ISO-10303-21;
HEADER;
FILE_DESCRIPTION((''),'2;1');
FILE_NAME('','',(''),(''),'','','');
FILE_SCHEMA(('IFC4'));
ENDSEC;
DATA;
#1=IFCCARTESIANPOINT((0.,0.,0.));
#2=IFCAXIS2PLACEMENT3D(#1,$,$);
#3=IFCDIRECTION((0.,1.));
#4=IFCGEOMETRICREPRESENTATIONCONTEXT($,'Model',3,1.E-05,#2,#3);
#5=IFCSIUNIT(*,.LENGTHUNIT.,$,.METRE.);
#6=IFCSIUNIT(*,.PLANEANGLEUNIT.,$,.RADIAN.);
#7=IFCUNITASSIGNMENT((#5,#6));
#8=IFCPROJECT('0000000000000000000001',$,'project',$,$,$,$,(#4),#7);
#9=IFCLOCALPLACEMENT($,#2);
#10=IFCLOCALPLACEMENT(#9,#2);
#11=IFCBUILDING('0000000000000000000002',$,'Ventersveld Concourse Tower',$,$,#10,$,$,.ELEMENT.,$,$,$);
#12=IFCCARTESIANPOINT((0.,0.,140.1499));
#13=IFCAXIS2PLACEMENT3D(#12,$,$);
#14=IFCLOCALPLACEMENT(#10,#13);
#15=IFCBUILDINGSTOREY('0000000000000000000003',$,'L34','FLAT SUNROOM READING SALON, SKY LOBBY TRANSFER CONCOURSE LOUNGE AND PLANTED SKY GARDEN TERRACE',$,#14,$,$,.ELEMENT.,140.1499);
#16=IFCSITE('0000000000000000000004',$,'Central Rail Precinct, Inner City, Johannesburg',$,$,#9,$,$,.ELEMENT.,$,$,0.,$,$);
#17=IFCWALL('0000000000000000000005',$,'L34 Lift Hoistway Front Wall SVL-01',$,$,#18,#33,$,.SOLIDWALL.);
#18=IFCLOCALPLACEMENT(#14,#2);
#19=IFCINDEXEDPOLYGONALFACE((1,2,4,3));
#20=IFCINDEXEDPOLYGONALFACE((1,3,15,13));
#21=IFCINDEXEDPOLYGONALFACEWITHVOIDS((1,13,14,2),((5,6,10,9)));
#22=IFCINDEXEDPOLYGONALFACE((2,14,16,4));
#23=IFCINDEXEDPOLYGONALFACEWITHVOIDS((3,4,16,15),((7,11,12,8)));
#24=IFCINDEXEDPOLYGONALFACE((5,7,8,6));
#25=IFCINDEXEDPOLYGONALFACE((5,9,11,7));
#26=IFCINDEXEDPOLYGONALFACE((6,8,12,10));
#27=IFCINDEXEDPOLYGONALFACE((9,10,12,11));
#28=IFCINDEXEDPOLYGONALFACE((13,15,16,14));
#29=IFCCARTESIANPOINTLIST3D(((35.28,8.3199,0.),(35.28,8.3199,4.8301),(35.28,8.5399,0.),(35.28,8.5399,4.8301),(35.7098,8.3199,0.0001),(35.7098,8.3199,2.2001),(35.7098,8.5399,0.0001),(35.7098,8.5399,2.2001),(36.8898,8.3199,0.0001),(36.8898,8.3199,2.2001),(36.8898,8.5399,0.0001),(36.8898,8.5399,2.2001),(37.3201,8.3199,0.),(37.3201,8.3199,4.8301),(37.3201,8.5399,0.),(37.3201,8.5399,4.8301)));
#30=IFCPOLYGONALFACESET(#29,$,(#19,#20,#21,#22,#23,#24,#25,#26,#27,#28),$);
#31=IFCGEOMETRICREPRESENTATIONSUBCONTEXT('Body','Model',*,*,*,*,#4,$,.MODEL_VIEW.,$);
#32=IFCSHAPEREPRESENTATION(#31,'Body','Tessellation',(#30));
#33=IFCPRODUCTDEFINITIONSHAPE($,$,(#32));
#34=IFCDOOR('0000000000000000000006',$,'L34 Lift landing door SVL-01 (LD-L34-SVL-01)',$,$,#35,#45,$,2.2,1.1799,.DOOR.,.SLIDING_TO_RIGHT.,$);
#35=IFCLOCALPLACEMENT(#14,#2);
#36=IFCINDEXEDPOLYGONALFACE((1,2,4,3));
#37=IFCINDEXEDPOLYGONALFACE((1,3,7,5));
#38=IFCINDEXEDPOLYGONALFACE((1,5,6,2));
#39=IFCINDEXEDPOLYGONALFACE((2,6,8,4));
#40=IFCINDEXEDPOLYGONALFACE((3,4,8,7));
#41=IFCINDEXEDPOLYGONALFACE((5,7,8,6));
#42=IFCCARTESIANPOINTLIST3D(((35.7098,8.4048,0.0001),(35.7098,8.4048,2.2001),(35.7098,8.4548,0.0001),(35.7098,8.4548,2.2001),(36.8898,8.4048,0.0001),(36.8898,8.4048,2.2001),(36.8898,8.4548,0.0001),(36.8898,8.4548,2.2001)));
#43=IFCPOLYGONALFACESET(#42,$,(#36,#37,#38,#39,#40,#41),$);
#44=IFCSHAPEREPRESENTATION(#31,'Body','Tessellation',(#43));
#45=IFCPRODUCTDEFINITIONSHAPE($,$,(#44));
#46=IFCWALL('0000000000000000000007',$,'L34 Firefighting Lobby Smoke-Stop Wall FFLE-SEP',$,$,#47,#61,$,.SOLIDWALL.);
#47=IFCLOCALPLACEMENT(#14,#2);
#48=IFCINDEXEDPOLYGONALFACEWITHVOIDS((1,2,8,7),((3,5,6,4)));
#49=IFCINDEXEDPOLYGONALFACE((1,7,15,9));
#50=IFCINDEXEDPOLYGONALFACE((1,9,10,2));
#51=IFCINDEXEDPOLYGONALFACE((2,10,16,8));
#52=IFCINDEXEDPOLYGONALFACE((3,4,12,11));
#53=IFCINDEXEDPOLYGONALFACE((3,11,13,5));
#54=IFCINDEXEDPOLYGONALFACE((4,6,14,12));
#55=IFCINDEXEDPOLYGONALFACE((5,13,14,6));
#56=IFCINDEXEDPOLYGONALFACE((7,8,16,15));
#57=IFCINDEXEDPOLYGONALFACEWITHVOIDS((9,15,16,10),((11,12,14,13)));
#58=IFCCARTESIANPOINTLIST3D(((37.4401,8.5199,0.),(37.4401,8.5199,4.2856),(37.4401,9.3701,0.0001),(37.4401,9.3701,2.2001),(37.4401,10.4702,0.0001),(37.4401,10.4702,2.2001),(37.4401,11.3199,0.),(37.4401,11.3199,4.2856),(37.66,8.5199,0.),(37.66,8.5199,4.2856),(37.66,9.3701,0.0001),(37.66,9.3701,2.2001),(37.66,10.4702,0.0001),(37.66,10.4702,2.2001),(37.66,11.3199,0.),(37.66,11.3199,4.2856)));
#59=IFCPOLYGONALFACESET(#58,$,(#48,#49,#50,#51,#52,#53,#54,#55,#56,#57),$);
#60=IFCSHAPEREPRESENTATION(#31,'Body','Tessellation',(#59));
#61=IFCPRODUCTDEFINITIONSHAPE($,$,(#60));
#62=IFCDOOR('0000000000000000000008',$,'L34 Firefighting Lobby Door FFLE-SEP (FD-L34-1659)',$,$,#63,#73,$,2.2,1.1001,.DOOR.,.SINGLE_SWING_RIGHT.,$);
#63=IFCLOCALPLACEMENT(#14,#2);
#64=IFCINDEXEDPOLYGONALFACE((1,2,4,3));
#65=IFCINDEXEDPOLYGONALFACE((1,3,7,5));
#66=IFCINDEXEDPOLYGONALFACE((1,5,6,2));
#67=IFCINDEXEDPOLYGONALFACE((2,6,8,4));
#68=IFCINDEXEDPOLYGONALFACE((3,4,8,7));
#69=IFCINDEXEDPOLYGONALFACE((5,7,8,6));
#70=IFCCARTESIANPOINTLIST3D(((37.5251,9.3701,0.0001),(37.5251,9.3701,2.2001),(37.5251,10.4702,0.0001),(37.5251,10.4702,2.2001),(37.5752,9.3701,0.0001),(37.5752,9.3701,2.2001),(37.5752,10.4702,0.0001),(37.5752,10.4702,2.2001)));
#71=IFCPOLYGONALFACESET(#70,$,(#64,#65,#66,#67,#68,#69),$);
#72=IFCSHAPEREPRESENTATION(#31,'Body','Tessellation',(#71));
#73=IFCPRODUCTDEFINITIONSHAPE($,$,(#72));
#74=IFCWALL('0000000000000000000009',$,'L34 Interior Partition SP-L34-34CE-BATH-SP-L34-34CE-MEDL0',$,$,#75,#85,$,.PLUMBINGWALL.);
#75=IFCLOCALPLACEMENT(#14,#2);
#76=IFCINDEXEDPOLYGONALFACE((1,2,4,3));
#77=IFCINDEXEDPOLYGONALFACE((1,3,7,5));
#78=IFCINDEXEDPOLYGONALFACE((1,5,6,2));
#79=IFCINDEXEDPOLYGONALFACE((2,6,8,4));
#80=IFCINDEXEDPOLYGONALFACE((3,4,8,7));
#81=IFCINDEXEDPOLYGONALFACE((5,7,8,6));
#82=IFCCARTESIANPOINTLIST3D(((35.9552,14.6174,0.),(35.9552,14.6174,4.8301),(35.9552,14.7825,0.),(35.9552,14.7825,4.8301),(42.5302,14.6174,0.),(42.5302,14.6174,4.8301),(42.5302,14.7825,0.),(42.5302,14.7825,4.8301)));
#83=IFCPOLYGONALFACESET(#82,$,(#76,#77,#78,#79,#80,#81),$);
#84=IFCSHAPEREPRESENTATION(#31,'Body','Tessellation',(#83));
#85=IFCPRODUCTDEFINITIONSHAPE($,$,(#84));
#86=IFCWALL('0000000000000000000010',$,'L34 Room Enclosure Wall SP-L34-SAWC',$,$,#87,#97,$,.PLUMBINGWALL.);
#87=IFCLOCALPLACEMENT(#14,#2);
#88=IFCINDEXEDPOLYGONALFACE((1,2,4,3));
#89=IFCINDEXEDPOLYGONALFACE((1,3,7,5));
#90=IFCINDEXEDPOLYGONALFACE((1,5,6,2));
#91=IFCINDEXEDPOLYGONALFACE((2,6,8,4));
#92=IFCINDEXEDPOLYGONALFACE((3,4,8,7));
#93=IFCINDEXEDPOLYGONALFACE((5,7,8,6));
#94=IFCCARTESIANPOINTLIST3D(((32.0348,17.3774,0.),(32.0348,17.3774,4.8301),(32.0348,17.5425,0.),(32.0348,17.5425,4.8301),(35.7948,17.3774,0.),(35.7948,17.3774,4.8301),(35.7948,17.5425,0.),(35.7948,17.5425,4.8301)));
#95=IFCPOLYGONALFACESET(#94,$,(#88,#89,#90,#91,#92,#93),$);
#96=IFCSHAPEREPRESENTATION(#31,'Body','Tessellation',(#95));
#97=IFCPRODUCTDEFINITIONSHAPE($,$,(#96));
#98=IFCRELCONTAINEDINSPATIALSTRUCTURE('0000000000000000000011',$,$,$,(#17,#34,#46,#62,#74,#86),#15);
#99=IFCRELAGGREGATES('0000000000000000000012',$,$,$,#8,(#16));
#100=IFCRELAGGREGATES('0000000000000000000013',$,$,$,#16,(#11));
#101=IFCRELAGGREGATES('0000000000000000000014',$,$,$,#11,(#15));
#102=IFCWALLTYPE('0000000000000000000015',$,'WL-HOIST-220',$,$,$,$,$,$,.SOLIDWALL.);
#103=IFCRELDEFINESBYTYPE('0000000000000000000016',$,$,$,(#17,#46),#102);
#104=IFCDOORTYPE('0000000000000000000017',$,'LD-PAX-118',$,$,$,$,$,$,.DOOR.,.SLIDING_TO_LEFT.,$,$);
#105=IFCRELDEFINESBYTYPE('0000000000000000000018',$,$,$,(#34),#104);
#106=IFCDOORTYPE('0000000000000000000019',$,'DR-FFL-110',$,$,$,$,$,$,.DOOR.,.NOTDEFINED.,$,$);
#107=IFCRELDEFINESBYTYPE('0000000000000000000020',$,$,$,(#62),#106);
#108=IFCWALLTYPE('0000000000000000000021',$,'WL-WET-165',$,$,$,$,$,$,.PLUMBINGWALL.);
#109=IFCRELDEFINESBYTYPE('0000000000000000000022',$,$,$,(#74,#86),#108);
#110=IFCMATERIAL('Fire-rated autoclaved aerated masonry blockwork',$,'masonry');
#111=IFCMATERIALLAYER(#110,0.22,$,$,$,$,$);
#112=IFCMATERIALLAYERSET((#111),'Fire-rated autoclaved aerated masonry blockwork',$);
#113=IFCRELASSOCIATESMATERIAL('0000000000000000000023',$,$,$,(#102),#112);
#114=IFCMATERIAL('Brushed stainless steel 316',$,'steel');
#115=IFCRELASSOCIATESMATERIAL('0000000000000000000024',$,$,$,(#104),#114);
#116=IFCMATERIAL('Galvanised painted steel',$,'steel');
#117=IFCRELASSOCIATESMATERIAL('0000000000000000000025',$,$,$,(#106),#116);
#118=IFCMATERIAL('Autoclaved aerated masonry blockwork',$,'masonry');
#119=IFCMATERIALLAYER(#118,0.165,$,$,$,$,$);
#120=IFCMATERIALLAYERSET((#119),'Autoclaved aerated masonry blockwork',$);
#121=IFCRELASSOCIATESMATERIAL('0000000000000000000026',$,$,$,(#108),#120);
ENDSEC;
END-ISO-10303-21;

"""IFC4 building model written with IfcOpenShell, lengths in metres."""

from ifc_helpers import new_model, si_unit, direction, frame, frame_2d, origin, place, context, subcontext, project, spatial, rectangle, extrude, material, layer, layer_set, type_object, element, fill, save


model = new_model("IFC4")

# Units and contexts
model_context = context("Model", 3, precision=1e-05, world=origin(), true_north=direction((0.0, 1.0)))
body_context = subcontext(model_context, "Body", "Model", "MODEL_VIEW")
ifc_project = project(units=[si_unit("LENGTHUNIT", "METRE"), si_unit("PLANEANGLEUNIT", "RADIAN")], contexts=[model_context])

# Site, building, storey
site_placement = place(None, origin())
site = spatial("IfcSite", under=ifc_project, at=site_placement, Name="Central Rail Precinct, Inner City, Johannesburg", CompositionType="ELEMENT", RefElevation=0.0)
building_placement = place(site_placement, origin())
building = spatial("IfcBuilding", under=site, at=building_placement, Name="Ventersveld Concourse Tower", CompositionType="ELEMENT")
storey_placement = place(building_placement, frame((0.0, 0.0, 140.1499)))
storey = spatial("IfcBuildingStorey", under=building, at=storey_placement, Name="L34", Description="FLAT SUNROOM READING SALON, SKY LOBBY TRANSFER CONCOURSE LOUNGE AND PLANTED SKY GARDEN TERRACE", CompositionType="ELEMENT", Elevation=140.1499)

# Shared definitions
ifc_material_1 = material(Name="Fire-rated autoclaved aerated masonry blockwork", Category="masonry")
ifc_material_2 = material(Name="Galvanised painted steel", Category="steel")

# Shared definitions
ifc_layer_1 = layer(ifc_material_1, 0.22)
ifc_layer_set_1 = layer_set([ifc_layer_1], Name="Fire-rated autoclaved aerated masonry blockwork")
wall_type_1 = type_object("IfcWallType", Name="WL-HOIST-220", PredefinedType="SOLIDWALL", material=ifc_layer_set_1)

# Shared definitions
ifc_material_3 = material(Name="Brushed stainless steel 316", Category="steel")

# Walls, openings, doors
wall_1_placement = place(storey_placement, frame((35.28, 8.4299, 0.0), z_axis=(0.0, 0.0, 1.0), x_axis=(1.0, 0.0, 0.0)))
wall_1 = element("IfcWall", 1, at=wall_1_placement, inside=storey, type_object=wall_type_1, Name="L34 Lift Hoistway Front Wall SVL-01", PredefinedType="SOLIDWALL", context=body_context, shape_type="SweptSolid", body=[
    extrude(rectangle(XDim=2.04, YDim=0.22, at=frame_2d((1.02, 0.0))), origin(), (0.0, 0.0, 1.0), 4.8301),
])
opening_1_placement = place(wall_1_placement, frame((0.4299, 0.0, 0.0)))
opening_1 = element("IfcOpeningElement", 2, at=opening_1_placement, cuts=wall_1, PredefinedType="OPENING", context=body_context, shape_type="SweptSolid", body=[
    extrude(rectangle(XDim=1.1799, YDim=2.2, at=frame_2d((0.5898, 1.1001))), frame((0.0, 0.1201, 0.0), z_axis=(0.0, -1.0, 0.0), x_axis=(1.0, 0.0, 0.0)), (0.0, 0.0, 1.0), 0.24),
])
door_type_1 = type_object("IfcDoorType", Name="LD-PAX-118", OperationType="SLIDING_TO_LEFT", PredefinedType="DOOR", material=ifc_material_3)
door_1_placement = place(opening_1_placement, origin())
door_1 = element("IfcDoor", 3, at=door_1_placement, inside=storey, type_object=door_type_1, Name="L34 Lift landing door SVL-01 (LD-L34-SVL-01)", OperationType="SLIDING_TO_RIGHT", OverallHeight=2.2, OverallWidth=1.1799, PredefinedType="DOOR", context=body_context, shape_type="SweptSolid", body=[
    extrude(rectangle(XDim=1.1799, YDim=2.2, at=frame_2d((0.5898, 1.1001))), frame((0.0, 0.0249, 0.0), z_axis=(0.0, -1.0, 0.0), x_axis=(1.0, 0.0, 0.0)), (0.0, 0.0, 1.0), 0.05),
])
fill(opening_1, door_1)
wall_2_placement = place(storey_placement, frame((37.55, 8.52, 0.0), z_axis=(0.0, 0.0, 1.0), x_axis=(0.0, 1.0, 0.0)))
wall_2 = element("IfcWall", 4, at=wall_2_placement, inside=storey, type_object=wall_type_1, Name="L34 Firefighting Lobby Smoke-Stop Wall FFLE-SEP", PredefinedType="SOLIDWALL", context=body_context, shape_type="SweptSolid", body=[
    extrude(rectangle(XDim=2.8, YDim=0.22, at=frame_2d((1.3999, 0.0))), origin(), (0.0, 0.0, 1.0), 4.2856),
])
opening_2_placement = place(wall_2_placement, frame((0.8501, 0.0, 0.0)))
opening_2 = element("IfcOpeningElement", 5, at=opening_2_placement, cuts=wall_2, PredefinedType="OPENING", context=body_context, shape_type="SweptSolid", body=[
    extrude(rectangle(XDim=1.1001, YDim=2.2, at=frame_2d((0.55, 1.1001))), frame((0.0, 0.1201, 0.0), z_axis=(0.0, -1.0, 0.0), x_axis=(1.0, 0.0, 0.0)), (0.0, 0.0, 1.0), 0.24),
])
door_type_2 = type_object("IfcDoorType", Name="DR-FFL-110", OperationType="NOTDEFINED", PredefinedType="DOOR", material=ifc_material_2)
door_2_placement = place(opening_2_placement, origin())
door_2 = element("IfcDoor", 6, at=door_2_placement, inside=storey, type_object=door_type_2, Name="L34 Firefighting Lobby Door FFLE-SEP (FD-L34-1659)", OperationType="SINGLE_SWING_RIGHT", OverallHeight=2.2, OverallWidth=1.1001, PredefinedType="DOOR", context=body_context, shape_type="SweptSolid", body=[
    extrude(rectangle(XDim=1.1001, YDim=2.2, at=frame_2d((0.55, 1.1001))), frame((0.0, 0.0249, 0.0), z_axis=(0.0, -1.0, 0.0), x_axis=(1.0, 0.0, 0.0)), (0.0, 0.0, 1.0), 0.05),
])
fill(opening_2, door_2)

# Walls
ifc_material_4 = material(Name="Autoclaved aerated masonry blockwork", Category="masonry")
ifc_layer_2 = layer(ifc_material_4, 0.165)
ifc_layer_set_2 = layer_set([ifc_layer_2], Name="Autoclaved aerated masonry blockwork")
wall_type_2 = type_object("IfcWallType", Name="WL-WET-165", PredefinedType="PLUMBINGWALL", material=ifc_layer_set_2)
wall_3_placement = place(storey_placement, frame((35.9551, 14.7, 0.0), z_axis=(0.0, 0.0, 1.0), x_axis=(1.0, 0.0, 0.0)))
element("IfcWall", 7, at=wall_3_placement, inside=storey, type_object=wall_type_2, Name="L34 Interior Partition SP-L34-34CE-BATH-SP-L34-34CE-MEDL0", PredefinedType="PLUMBINGWALL", context=body_context, shape_type="SweptSolid", body=[
    extrude(rectangle(XDim=6.575, YDim=0.165, at=frame_2d((3.2876, 0.0))), origin(), (0.0, 0.0, 1.0), 4.8301),
])
wall_4_placement = place(storey_placement, frame((32.0349, 17.46, 0.0), z_axis=(0.0, 0.0, 1.0), x_axis=(1.0, 0.0, 0.0)))
element("IfcWall", 8, at=wall_4_placement, inside=storey, type_object=wall_type_2, Name="L34 Room Enclosure Wall SP-L34-SAWC", PredefinedType="PLUMBINGWALL", context=body_context, shape_type="SweptSolid", body=[
    extrude(rectangle(XDim=3.76, YDim=0.165, at=frame_2d((1.8799, 0.0))), origin(), (0.0, 0.0, 1.0), 4.8301),
])

save(model, "model.ifc")
